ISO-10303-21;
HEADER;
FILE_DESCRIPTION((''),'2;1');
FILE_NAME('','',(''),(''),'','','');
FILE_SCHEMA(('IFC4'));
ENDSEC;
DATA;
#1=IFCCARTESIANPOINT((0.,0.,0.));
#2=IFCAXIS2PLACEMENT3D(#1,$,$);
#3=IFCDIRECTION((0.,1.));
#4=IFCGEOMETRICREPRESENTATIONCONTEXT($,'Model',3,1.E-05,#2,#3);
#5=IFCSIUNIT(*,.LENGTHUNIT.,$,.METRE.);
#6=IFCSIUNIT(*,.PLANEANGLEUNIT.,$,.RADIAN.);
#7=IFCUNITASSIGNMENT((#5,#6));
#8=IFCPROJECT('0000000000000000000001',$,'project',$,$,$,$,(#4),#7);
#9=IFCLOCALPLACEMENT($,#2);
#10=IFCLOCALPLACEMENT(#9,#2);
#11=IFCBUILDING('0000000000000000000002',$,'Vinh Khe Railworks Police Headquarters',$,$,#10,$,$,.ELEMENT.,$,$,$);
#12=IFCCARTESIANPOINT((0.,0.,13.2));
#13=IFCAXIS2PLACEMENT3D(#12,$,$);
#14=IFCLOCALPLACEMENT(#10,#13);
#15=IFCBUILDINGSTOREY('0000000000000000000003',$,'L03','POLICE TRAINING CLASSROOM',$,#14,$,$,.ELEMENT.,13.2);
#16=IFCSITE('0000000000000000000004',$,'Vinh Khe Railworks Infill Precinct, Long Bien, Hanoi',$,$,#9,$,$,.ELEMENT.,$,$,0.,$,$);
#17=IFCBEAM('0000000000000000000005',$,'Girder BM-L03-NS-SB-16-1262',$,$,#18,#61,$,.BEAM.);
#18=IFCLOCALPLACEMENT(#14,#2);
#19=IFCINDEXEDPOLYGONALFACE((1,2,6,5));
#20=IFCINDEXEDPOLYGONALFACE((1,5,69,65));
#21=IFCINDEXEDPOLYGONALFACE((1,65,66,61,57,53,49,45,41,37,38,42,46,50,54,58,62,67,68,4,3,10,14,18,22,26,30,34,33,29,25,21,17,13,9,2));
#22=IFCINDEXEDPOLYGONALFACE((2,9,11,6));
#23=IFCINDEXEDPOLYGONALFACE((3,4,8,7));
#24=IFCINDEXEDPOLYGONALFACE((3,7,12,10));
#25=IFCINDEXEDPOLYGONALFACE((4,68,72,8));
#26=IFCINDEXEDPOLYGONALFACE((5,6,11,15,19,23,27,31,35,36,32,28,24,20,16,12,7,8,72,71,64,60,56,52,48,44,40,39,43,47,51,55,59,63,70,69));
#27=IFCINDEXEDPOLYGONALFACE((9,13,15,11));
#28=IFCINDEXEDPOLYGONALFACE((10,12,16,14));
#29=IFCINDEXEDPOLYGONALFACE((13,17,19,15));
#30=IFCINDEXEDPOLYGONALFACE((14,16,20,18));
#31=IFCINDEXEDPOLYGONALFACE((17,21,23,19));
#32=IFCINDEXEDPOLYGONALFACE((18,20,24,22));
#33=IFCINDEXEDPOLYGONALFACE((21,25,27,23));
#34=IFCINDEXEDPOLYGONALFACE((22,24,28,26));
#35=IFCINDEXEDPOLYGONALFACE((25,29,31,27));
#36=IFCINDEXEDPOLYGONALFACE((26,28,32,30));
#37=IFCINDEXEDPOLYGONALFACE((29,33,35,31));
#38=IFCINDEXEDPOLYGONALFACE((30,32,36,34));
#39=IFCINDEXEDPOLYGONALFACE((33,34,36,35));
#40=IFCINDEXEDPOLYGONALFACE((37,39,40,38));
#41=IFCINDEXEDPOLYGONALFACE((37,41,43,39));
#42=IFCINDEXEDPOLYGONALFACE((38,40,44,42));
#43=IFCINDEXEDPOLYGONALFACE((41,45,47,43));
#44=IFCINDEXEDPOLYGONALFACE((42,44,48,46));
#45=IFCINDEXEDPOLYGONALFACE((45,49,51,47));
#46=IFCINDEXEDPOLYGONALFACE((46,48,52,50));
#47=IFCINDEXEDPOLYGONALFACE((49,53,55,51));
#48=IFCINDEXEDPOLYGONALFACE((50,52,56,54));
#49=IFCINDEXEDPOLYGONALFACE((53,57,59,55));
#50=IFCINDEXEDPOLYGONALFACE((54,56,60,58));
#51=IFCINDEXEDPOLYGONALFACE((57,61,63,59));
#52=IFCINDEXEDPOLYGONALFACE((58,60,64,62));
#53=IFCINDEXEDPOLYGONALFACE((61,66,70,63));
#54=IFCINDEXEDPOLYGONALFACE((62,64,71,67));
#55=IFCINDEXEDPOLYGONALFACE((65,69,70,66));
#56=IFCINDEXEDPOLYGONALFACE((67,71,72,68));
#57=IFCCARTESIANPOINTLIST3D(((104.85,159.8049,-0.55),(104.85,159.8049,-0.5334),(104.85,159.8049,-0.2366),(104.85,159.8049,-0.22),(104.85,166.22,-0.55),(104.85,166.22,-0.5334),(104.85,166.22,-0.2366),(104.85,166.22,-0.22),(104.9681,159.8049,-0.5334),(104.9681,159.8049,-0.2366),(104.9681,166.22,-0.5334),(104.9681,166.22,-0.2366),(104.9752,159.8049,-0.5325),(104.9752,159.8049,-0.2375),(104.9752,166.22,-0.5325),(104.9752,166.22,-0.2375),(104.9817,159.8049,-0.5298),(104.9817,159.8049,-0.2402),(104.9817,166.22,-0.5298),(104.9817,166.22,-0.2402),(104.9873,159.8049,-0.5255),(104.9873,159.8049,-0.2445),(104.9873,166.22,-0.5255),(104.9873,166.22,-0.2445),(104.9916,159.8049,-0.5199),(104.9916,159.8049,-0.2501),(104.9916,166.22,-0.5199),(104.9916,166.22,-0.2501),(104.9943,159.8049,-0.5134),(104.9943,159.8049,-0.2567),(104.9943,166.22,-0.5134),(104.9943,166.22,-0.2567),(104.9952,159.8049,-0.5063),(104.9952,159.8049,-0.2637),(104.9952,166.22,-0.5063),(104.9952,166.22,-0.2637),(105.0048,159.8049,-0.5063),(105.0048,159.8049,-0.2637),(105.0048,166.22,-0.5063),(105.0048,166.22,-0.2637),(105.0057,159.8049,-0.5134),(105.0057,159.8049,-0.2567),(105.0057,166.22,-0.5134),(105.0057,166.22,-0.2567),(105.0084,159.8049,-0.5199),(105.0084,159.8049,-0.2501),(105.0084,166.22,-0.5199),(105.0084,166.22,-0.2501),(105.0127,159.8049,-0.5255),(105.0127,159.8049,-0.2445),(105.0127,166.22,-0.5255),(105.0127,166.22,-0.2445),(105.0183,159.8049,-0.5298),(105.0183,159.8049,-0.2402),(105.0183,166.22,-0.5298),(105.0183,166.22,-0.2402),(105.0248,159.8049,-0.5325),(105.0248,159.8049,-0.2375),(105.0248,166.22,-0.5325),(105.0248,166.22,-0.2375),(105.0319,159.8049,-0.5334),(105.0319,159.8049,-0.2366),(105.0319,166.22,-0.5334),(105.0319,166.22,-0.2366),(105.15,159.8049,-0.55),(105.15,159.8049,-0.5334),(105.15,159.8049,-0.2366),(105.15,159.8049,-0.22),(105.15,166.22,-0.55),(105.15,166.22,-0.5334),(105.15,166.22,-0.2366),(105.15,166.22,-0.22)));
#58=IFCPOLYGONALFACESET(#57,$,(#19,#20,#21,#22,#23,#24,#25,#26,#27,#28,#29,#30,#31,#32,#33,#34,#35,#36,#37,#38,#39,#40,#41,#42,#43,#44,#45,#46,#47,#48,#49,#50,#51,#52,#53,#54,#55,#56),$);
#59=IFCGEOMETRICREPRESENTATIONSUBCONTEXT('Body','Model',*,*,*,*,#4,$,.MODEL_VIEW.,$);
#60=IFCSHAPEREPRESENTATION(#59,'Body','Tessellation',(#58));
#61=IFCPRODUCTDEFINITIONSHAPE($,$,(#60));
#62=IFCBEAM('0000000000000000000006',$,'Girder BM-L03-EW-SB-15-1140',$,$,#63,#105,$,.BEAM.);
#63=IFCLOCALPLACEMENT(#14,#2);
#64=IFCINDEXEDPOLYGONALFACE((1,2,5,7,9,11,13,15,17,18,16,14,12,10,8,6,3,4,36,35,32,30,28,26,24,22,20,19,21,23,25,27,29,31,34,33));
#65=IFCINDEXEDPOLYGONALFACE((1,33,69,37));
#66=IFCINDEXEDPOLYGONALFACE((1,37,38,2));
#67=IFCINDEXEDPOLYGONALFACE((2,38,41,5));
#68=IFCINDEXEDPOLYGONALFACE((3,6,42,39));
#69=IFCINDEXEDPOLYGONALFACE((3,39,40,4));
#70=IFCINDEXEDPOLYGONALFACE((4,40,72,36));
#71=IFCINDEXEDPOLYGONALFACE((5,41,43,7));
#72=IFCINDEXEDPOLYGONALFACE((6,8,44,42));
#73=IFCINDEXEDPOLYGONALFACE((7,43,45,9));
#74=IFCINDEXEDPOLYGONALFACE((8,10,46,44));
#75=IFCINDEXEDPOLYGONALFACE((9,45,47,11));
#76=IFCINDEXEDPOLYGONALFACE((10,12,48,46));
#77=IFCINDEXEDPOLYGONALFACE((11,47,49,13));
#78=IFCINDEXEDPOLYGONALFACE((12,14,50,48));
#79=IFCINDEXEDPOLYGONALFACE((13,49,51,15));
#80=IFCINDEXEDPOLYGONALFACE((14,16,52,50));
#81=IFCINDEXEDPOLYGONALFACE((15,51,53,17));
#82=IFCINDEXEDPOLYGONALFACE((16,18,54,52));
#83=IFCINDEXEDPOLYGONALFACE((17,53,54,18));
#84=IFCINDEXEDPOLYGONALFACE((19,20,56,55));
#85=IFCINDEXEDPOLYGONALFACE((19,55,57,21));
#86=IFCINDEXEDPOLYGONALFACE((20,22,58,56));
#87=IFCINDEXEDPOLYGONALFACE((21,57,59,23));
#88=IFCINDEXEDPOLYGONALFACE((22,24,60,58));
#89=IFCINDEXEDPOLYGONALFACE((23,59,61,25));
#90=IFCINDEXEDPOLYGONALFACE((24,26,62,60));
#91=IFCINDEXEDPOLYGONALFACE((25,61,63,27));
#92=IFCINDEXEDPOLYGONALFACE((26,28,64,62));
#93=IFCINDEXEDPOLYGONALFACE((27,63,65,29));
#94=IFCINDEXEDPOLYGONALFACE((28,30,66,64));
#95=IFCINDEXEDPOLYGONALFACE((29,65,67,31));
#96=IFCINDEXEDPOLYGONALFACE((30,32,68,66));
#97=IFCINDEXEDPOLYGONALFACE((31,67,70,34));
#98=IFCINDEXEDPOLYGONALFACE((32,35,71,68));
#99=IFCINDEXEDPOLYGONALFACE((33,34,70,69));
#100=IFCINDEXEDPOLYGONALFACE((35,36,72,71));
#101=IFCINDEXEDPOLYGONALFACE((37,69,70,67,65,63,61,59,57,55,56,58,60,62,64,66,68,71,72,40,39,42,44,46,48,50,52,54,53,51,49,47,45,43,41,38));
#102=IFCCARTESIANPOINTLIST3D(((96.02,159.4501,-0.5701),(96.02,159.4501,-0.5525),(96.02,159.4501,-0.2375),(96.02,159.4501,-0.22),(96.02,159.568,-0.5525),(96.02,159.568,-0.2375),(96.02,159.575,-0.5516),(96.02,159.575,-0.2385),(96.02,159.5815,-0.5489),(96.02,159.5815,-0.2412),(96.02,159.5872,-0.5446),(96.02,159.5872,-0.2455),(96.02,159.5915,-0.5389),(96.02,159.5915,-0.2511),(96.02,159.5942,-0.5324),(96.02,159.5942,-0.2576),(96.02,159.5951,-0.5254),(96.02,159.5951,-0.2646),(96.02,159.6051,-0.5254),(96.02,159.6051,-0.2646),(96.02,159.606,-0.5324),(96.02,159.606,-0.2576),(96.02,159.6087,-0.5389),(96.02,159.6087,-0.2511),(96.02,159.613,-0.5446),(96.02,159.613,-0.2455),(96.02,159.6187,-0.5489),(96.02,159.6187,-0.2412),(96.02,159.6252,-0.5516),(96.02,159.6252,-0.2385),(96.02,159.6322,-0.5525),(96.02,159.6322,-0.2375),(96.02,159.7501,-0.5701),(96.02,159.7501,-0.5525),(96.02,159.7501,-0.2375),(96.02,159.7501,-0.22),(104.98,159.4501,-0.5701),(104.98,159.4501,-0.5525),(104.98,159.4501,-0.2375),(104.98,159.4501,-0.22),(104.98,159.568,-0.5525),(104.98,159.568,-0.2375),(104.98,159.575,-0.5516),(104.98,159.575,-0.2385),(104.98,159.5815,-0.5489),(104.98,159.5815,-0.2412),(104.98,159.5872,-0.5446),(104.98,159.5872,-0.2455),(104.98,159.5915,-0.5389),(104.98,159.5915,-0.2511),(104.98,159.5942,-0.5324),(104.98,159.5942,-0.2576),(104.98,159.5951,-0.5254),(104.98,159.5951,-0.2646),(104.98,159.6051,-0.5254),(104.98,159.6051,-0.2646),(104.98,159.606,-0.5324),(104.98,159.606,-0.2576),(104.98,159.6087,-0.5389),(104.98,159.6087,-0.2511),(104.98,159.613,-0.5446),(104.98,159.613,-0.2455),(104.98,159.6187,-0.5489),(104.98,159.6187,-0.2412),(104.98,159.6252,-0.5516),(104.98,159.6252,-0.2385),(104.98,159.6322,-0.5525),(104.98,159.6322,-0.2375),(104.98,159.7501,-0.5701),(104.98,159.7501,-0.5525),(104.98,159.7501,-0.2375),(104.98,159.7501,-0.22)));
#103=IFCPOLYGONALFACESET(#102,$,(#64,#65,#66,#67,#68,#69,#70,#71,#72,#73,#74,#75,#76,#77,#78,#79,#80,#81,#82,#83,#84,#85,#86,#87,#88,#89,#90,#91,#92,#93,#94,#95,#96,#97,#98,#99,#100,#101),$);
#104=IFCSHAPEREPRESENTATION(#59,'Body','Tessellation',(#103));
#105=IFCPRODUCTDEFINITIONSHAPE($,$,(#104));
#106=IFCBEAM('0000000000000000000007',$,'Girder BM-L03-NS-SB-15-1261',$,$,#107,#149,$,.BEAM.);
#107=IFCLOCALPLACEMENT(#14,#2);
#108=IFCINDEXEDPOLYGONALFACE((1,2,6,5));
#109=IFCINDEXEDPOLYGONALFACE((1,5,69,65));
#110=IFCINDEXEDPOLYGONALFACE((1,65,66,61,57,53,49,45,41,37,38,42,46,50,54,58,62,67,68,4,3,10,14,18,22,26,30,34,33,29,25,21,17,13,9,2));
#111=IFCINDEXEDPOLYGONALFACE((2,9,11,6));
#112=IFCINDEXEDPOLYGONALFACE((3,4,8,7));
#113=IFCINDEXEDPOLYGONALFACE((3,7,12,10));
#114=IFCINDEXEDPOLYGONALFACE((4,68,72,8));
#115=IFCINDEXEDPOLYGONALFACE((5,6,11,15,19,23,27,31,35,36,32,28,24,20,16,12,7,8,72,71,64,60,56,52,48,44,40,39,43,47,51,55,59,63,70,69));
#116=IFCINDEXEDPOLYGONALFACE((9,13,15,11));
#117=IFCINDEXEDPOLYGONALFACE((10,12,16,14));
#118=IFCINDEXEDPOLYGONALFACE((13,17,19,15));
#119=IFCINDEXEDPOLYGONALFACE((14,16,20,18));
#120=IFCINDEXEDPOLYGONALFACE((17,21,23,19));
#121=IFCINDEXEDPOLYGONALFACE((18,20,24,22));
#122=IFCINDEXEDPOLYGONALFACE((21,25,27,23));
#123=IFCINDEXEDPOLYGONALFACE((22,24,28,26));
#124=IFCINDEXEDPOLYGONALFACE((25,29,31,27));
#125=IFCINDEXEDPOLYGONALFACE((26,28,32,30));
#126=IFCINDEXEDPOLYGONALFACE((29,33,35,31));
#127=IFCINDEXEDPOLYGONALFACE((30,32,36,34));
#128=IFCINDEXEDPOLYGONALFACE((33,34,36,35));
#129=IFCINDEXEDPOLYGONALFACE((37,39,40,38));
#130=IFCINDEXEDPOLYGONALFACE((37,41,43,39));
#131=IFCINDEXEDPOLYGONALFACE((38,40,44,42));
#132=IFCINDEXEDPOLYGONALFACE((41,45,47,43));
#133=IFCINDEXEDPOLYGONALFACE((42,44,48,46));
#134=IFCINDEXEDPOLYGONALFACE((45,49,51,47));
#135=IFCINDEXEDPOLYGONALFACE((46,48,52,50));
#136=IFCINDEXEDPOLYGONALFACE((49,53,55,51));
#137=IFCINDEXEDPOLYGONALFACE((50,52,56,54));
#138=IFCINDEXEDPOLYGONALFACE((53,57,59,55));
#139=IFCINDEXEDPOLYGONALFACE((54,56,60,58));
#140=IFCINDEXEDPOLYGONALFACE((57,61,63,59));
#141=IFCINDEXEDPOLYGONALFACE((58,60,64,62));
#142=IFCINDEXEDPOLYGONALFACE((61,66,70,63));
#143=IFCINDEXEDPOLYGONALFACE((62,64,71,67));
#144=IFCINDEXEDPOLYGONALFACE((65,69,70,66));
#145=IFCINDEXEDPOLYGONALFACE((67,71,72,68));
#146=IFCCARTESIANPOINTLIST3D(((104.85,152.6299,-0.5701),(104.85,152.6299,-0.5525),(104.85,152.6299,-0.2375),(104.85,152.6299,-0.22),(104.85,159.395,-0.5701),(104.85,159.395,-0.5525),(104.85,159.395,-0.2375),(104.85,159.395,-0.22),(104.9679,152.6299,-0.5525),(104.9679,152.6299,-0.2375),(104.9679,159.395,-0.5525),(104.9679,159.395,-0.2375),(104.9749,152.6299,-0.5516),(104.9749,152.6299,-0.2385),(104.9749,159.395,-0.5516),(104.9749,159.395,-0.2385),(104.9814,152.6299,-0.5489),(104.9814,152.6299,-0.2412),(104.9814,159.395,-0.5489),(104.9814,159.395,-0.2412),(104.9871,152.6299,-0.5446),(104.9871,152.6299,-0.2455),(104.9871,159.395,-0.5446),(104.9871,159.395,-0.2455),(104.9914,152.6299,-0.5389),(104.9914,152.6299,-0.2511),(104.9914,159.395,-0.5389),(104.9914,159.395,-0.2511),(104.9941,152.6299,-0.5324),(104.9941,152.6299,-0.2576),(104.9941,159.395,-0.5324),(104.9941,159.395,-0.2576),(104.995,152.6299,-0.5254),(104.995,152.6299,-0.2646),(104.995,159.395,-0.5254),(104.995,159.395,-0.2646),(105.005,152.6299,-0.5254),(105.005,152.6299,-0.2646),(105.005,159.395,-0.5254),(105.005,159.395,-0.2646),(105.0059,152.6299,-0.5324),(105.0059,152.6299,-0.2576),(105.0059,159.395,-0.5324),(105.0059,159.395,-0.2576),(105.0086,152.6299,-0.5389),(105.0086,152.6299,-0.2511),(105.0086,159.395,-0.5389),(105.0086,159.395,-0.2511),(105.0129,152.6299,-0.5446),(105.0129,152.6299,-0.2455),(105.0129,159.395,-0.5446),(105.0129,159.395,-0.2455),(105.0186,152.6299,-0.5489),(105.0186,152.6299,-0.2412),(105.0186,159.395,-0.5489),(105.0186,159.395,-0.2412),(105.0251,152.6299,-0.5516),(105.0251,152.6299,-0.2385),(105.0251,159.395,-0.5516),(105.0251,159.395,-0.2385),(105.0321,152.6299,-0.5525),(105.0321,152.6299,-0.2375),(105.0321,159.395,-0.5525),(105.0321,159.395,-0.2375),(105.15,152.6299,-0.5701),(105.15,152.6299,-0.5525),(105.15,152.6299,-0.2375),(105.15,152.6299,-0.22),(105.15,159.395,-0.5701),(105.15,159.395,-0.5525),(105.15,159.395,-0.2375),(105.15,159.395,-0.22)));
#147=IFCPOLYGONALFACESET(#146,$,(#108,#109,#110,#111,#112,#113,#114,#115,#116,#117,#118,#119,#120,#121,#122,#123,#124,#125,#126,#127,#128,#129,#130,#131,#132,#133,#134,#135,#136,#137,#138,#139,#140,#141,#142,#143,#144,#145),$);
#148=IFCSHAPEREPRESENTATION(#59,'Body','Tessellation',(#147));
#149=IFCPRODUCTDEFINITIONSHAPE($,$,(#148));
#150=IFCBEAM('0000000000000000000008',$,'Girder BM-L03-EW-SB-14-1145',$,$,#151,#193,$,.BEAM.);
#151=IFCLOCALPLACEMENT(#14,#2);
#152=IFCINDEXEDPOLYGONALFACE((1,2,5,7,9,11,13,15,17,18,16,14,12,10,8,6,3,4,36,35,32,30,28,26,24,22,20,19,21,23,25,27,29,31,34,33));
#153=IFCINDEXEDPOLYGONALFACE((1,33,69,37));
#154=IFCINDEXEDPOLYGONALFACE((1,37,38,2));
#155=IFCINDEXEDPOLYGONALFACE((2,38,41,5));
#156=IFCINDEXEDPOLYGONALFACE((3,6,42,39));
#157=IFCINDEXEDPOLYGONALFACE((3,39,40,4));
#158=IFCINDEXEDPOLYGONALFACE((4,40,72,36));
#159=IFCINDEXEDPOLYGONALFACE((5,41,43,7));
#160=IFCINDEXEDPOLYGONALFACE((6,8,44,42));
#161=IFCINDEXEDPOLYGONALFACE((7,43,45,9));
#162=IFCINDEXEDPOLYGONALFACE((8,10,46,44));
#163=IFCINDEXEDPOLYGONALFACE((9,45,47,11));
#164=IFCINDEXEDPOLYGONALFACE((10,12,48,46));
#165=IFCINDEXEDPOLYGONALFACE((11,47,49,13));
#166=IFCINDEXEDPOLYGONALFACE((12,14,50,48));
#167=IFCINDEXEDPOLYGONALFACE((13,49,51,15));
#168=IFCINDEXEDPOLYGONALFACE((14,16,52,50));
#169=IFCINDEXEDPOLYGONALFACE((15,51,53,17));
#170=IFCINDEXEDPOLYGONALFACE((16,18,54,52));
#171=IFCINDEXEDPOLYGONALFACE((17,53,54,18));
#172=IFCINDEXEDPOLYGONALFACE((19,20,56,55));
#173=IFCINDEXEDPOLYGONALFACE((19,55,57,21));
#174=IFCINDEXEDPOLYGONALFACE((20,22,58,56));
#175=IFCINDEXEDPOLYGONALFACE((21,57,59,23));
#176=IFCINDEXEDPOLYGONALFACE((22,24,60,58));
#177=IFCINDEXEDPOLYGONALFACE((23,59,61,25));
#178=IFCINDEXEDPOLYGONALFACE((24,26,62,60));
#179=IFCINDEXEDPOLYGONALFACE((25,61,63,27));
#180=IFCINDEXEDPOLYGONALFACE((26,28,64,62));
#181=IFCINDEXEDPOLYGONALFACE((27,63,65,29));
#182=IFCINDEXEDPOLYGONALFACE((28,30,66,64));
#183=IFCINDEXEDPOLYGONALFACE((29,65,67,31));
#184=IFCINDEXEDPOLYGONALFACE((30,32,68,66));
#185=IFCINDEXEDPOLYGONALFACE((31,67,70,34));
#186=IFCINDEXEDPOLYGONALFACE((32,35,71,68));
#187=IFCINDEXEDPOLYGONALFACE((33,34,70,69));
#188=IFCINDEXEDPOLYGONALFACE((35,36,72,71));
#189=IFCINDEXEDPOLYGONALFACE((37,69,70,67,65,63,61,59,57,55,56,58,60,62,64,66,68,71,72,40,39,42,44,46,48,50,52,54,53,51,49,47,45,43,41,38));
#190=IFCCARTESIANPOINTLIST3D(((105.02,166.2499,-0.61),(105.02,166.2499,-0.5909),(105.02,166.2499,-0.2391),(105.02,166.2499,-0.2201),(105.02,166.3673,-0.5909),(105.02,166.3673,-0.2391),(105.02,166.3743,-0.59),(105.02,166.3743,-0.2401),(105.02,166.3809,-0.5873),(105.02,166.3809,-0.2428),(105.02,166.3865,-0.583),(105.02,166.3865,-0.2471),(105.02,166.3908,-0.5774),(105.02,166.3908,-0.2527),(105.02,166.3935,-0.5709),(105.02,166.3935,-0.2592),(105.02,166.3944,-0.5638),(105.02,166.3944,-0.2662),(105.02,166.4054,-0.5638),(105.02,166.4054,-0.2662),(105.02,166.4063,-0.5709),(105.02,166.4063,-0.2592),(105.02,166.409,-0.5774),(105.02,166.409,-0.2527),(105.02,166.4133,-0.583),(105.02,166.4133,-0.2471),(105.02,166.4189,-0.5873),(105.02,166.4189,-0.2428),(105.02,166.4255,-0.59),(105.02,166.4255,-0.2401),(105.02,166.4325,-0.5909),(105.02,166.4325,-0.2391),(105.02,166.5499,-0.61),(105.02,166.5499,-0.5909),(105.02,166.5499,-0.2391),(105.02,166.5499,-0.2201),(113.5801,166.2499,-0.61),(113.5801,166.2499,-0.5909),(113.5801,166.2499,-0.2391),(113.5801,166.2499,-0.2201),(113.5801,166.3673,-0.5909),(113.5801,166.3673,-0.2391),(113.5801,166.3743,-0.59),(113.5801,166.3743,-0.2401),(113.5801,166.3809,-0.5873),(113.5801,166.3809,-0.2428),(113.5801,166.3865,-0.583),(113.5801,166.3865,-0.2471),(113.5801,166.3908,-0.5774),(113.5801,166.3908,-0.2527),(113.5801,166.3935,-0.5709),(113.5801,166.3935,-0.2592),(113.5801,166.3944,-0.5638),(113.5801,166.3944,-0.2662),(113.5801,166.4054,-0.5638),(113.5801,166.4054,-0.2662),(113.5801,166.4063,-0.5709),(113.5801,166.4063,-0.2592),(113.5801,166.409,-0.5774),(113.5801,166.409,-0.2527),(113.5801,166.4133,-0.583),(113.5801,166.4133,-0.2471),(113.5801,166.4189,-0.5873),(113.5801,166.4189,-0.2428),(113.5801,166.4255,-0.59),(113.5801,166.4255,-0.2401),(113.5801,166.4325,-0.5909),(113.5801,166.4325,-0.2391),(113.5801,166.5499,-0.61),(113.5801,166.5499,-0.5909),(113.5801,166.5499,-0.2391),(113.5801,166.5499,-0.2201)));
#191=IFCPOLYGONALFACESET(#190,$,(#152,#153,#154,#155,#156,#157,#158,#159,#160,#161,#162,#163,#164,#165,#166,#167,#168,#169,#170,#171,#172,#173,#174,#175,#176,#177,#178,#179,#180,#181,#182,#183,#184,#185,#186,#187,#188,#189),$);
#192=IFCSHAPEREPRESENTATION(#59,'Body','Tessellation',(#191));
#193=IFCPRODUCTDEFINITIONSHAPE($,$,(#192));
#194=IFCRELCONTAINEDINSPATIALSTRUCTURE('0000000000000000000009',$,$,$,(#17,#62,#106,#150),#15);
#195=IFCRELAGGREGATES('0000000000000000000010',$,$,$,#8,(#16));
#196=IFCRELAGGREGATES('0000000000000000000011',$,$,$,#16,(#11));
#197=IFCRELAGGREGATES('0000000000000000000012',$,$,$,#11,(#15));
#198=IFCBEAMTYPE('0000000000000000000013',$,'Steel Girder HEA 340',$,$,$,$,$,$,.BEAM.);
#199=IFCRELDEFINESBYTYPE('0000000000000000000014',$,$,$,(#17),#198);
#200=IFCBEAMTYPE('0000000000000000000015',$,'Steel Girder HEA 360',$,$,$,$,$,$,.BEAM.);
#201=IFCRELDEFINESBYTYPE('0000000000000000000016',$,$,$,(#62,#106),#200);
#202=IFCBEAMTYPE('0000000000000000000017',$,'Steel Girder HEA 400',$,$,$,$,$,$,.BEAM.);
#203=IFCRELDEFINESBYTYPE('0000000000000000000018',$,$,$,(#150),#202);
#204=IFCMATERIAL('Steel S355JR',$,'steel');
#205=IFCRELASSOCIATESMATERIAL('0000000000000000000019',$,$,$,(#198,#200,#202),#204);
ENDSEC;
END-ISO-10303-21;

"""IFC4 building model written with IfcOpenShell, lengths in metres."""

from ifc_helpers import new_model, si_unit, direction, frame, origin, origin_2d, place, context, subcontext, project, spatial, i_section, extrude, material, material_profile, profile_set, type_object, element, save


model = new_model("IFC4")

# Units and contexts
model_context = context("Model", 3, precision=1e-05, world=origin(), true_north=direction((0.0, 1.0)))
body_context = subcontext(model_context, "Body", "Model", "MODEL_VIEW")
ifc_project = project(units=[si_unit("LENGTHUNIT", "METRE"), si_unit("PLANEANGLEUNIT", "RADIAN")], contexts=[model_context])

# Site, building, storey
site_placement = place(None, origin())
site = spatial("IfcSite", under=ifc_project, at=site_placement, Name="Vinh Khe Railworks Infill Precinct, Long Bien, Hanoi", CompositionType="ELEMENT", RefElevation=0.0)
building_placement = place(site_placement, origin())
building = spatial("IfcBuilding", under=site, at=building_placement, Name="Vinh Khe Railworks Police Headquarters", CompositionType="ELEMENT")
storey_placement = place(building_placement, frame((0.0, 0.0, 13.2)))
storey = spatial("IfcBuildingStorey", under=building, at=storey_placement, Name="L03", Description="POLICE TRAINING CLASSROOM", CompositionType="ELEMENT", Elevation=13.2)

# Shared definitions
ifc_material_1 = material(Name="Steel S355JR", Category="steel")

# Beams
ifc_material_profile_1 = material_profile(ifc_material_1, i_section(OverallWidth=0.3, OverallDepth=0.3301, WebThickness=0.0095, FlangeThickness=0.0166, FilletRadius=0.0271, at=origin_2d()), Name="HEA 340")
ifc_profile_set_1 = profile_set([ifc_material_profile_1], Name="Steel S355JR")
beam_type_1 = type_object("IfcBeamType", Name="Steel Girder HEA 340", PredefinedType="BEAM", material=ifc_profile_set_1)
beam_1_placement = place(storey_placement, frame((105.0, 159.8049, -0.385), z_axis=(0.0, 1.0, 0.0), x_axis=(-1.0, 0.0, 0.0)))
element("IfcBeam", 1, at=beam_1_placement, inside=storey, type_object=beam_type_1, Name="Girder BM-L03-NS-SB-16-1262", PredefinedType="BEAM", context=body_context, shape_type="SweptSolid", body=[
    extrude(i_section(OverallWidth=0.3, OverallDepth=0.3301, WebThickness=0.0095, FlangeThickness=0.0166, FilletRadius=0.0271, at=origin_2d()), origin(), (0.0, 0.0, 1.0), 6.415),
])
ifc_material_profile_2 = material_profile(ifc_material_1, i_section(OverallWidth=0.3, OverallDepth=0.3501, WebThickness=0.01, FlangeThickness=0.0176, FilletRadius=0.0271, at=origin_2d()), Name="HEA 360")
ifc_profile_set_2 = profile_set([ifc_material_profile_2], Name="Steel S355JR")
beam_type_2 = type_object("IfcBeamType", Name="Steel Girder HEA 360", PredefinedType="BEAM", material=ifc_profile_set_2)
beam_2_placement = place(storey_placement, frame((96.02, 159.6001, -0.395), z_axis=(1.0, 0.0, 0.0), x_axis=(0.0, 1.0, 0.0)))
element("IfcBeam", 2, at=beam_2_placement, inside=storey, type_object=beam_type_2, Name="Girder BM-L03-EW-SB-15-1140", PredefinedType="BEAM", context=body_context, shape_type="SweptSolid", body=[
    extrude(i_section(OverallWidth=0.3, OverallDepth=0.3501, WebThickness=0.01, FlangeThickness=0.0176, FilletRadius=0.0271, at=origin_2d()), origin(), (0.0, 0.0, 1.0), 8.96),
])
beam_3_placement = place(storey_placement, frame((105.0, 152.6299, -0.395), z_axis=(0.0, 1.0, 0.0), x_axis=(-1.0, 0.0, 0.0)))
element("IfcBeam", 3, at=beam_3_placement, inside=storey, type_object=beam_type_2, Name="Girder BM-L03-NS-SB-15-1261", PredefinedType="BEAM", context=body_context, shape_type="SweptSolid", body=[
    extrude(i_section(OverallWidth=0.3, OverallDepth=0.3501, WebThickness=0.01, FlangeThickness=0.0176, FilletRadius=0.0271, at=origin_2d()), origin(), (0.0, 0.0, 1.0), 6.7651),
])
ifc_material_profile_3 = material_profile(ifc_material_1, i_section(OverallWidth=0.3, OverallDepth=0.3899, WebThickness=0.011, FlangeThickness=0.019, FilletRadius=0.0271, at=origin_2d()), Name="HEA 400")
ifc_profile_set_3 = profile_set([ifc_material_profile_3], Name="Steel S355JR")
beam_type_3 = type_object("IfcBeamType", Name="Steel Girder HEA 400", PredefinedType="BEAM", material=ifc_profile_set_3)
beam_4_placement = place(storey_placement, frame((105.02, 166.3999, -0.415), z_axis=(1.0, 0.0, 0.0), x_axis=(0.0, 1.0, 0.0)))
element("IfcBeam", 4, at=beam_4_placement, inside=storey, type_object=beam_type_3, Name="Girder BM-L03-EW-SB-14-1145", PredefinedType="BEAM", context=body_context, shape_type="SweptSolid", body=[
    extrude(i_section(OverallWidth=0.3, OverallDepth=0.3899, WebThickness=0.011, FlangeThickness=0.019, FilletRadius=0.0271, at=origin_2d()), origin(), (0.0, 0.0, 1.0), 8.5601),
])

save(model, "model.ifc")
